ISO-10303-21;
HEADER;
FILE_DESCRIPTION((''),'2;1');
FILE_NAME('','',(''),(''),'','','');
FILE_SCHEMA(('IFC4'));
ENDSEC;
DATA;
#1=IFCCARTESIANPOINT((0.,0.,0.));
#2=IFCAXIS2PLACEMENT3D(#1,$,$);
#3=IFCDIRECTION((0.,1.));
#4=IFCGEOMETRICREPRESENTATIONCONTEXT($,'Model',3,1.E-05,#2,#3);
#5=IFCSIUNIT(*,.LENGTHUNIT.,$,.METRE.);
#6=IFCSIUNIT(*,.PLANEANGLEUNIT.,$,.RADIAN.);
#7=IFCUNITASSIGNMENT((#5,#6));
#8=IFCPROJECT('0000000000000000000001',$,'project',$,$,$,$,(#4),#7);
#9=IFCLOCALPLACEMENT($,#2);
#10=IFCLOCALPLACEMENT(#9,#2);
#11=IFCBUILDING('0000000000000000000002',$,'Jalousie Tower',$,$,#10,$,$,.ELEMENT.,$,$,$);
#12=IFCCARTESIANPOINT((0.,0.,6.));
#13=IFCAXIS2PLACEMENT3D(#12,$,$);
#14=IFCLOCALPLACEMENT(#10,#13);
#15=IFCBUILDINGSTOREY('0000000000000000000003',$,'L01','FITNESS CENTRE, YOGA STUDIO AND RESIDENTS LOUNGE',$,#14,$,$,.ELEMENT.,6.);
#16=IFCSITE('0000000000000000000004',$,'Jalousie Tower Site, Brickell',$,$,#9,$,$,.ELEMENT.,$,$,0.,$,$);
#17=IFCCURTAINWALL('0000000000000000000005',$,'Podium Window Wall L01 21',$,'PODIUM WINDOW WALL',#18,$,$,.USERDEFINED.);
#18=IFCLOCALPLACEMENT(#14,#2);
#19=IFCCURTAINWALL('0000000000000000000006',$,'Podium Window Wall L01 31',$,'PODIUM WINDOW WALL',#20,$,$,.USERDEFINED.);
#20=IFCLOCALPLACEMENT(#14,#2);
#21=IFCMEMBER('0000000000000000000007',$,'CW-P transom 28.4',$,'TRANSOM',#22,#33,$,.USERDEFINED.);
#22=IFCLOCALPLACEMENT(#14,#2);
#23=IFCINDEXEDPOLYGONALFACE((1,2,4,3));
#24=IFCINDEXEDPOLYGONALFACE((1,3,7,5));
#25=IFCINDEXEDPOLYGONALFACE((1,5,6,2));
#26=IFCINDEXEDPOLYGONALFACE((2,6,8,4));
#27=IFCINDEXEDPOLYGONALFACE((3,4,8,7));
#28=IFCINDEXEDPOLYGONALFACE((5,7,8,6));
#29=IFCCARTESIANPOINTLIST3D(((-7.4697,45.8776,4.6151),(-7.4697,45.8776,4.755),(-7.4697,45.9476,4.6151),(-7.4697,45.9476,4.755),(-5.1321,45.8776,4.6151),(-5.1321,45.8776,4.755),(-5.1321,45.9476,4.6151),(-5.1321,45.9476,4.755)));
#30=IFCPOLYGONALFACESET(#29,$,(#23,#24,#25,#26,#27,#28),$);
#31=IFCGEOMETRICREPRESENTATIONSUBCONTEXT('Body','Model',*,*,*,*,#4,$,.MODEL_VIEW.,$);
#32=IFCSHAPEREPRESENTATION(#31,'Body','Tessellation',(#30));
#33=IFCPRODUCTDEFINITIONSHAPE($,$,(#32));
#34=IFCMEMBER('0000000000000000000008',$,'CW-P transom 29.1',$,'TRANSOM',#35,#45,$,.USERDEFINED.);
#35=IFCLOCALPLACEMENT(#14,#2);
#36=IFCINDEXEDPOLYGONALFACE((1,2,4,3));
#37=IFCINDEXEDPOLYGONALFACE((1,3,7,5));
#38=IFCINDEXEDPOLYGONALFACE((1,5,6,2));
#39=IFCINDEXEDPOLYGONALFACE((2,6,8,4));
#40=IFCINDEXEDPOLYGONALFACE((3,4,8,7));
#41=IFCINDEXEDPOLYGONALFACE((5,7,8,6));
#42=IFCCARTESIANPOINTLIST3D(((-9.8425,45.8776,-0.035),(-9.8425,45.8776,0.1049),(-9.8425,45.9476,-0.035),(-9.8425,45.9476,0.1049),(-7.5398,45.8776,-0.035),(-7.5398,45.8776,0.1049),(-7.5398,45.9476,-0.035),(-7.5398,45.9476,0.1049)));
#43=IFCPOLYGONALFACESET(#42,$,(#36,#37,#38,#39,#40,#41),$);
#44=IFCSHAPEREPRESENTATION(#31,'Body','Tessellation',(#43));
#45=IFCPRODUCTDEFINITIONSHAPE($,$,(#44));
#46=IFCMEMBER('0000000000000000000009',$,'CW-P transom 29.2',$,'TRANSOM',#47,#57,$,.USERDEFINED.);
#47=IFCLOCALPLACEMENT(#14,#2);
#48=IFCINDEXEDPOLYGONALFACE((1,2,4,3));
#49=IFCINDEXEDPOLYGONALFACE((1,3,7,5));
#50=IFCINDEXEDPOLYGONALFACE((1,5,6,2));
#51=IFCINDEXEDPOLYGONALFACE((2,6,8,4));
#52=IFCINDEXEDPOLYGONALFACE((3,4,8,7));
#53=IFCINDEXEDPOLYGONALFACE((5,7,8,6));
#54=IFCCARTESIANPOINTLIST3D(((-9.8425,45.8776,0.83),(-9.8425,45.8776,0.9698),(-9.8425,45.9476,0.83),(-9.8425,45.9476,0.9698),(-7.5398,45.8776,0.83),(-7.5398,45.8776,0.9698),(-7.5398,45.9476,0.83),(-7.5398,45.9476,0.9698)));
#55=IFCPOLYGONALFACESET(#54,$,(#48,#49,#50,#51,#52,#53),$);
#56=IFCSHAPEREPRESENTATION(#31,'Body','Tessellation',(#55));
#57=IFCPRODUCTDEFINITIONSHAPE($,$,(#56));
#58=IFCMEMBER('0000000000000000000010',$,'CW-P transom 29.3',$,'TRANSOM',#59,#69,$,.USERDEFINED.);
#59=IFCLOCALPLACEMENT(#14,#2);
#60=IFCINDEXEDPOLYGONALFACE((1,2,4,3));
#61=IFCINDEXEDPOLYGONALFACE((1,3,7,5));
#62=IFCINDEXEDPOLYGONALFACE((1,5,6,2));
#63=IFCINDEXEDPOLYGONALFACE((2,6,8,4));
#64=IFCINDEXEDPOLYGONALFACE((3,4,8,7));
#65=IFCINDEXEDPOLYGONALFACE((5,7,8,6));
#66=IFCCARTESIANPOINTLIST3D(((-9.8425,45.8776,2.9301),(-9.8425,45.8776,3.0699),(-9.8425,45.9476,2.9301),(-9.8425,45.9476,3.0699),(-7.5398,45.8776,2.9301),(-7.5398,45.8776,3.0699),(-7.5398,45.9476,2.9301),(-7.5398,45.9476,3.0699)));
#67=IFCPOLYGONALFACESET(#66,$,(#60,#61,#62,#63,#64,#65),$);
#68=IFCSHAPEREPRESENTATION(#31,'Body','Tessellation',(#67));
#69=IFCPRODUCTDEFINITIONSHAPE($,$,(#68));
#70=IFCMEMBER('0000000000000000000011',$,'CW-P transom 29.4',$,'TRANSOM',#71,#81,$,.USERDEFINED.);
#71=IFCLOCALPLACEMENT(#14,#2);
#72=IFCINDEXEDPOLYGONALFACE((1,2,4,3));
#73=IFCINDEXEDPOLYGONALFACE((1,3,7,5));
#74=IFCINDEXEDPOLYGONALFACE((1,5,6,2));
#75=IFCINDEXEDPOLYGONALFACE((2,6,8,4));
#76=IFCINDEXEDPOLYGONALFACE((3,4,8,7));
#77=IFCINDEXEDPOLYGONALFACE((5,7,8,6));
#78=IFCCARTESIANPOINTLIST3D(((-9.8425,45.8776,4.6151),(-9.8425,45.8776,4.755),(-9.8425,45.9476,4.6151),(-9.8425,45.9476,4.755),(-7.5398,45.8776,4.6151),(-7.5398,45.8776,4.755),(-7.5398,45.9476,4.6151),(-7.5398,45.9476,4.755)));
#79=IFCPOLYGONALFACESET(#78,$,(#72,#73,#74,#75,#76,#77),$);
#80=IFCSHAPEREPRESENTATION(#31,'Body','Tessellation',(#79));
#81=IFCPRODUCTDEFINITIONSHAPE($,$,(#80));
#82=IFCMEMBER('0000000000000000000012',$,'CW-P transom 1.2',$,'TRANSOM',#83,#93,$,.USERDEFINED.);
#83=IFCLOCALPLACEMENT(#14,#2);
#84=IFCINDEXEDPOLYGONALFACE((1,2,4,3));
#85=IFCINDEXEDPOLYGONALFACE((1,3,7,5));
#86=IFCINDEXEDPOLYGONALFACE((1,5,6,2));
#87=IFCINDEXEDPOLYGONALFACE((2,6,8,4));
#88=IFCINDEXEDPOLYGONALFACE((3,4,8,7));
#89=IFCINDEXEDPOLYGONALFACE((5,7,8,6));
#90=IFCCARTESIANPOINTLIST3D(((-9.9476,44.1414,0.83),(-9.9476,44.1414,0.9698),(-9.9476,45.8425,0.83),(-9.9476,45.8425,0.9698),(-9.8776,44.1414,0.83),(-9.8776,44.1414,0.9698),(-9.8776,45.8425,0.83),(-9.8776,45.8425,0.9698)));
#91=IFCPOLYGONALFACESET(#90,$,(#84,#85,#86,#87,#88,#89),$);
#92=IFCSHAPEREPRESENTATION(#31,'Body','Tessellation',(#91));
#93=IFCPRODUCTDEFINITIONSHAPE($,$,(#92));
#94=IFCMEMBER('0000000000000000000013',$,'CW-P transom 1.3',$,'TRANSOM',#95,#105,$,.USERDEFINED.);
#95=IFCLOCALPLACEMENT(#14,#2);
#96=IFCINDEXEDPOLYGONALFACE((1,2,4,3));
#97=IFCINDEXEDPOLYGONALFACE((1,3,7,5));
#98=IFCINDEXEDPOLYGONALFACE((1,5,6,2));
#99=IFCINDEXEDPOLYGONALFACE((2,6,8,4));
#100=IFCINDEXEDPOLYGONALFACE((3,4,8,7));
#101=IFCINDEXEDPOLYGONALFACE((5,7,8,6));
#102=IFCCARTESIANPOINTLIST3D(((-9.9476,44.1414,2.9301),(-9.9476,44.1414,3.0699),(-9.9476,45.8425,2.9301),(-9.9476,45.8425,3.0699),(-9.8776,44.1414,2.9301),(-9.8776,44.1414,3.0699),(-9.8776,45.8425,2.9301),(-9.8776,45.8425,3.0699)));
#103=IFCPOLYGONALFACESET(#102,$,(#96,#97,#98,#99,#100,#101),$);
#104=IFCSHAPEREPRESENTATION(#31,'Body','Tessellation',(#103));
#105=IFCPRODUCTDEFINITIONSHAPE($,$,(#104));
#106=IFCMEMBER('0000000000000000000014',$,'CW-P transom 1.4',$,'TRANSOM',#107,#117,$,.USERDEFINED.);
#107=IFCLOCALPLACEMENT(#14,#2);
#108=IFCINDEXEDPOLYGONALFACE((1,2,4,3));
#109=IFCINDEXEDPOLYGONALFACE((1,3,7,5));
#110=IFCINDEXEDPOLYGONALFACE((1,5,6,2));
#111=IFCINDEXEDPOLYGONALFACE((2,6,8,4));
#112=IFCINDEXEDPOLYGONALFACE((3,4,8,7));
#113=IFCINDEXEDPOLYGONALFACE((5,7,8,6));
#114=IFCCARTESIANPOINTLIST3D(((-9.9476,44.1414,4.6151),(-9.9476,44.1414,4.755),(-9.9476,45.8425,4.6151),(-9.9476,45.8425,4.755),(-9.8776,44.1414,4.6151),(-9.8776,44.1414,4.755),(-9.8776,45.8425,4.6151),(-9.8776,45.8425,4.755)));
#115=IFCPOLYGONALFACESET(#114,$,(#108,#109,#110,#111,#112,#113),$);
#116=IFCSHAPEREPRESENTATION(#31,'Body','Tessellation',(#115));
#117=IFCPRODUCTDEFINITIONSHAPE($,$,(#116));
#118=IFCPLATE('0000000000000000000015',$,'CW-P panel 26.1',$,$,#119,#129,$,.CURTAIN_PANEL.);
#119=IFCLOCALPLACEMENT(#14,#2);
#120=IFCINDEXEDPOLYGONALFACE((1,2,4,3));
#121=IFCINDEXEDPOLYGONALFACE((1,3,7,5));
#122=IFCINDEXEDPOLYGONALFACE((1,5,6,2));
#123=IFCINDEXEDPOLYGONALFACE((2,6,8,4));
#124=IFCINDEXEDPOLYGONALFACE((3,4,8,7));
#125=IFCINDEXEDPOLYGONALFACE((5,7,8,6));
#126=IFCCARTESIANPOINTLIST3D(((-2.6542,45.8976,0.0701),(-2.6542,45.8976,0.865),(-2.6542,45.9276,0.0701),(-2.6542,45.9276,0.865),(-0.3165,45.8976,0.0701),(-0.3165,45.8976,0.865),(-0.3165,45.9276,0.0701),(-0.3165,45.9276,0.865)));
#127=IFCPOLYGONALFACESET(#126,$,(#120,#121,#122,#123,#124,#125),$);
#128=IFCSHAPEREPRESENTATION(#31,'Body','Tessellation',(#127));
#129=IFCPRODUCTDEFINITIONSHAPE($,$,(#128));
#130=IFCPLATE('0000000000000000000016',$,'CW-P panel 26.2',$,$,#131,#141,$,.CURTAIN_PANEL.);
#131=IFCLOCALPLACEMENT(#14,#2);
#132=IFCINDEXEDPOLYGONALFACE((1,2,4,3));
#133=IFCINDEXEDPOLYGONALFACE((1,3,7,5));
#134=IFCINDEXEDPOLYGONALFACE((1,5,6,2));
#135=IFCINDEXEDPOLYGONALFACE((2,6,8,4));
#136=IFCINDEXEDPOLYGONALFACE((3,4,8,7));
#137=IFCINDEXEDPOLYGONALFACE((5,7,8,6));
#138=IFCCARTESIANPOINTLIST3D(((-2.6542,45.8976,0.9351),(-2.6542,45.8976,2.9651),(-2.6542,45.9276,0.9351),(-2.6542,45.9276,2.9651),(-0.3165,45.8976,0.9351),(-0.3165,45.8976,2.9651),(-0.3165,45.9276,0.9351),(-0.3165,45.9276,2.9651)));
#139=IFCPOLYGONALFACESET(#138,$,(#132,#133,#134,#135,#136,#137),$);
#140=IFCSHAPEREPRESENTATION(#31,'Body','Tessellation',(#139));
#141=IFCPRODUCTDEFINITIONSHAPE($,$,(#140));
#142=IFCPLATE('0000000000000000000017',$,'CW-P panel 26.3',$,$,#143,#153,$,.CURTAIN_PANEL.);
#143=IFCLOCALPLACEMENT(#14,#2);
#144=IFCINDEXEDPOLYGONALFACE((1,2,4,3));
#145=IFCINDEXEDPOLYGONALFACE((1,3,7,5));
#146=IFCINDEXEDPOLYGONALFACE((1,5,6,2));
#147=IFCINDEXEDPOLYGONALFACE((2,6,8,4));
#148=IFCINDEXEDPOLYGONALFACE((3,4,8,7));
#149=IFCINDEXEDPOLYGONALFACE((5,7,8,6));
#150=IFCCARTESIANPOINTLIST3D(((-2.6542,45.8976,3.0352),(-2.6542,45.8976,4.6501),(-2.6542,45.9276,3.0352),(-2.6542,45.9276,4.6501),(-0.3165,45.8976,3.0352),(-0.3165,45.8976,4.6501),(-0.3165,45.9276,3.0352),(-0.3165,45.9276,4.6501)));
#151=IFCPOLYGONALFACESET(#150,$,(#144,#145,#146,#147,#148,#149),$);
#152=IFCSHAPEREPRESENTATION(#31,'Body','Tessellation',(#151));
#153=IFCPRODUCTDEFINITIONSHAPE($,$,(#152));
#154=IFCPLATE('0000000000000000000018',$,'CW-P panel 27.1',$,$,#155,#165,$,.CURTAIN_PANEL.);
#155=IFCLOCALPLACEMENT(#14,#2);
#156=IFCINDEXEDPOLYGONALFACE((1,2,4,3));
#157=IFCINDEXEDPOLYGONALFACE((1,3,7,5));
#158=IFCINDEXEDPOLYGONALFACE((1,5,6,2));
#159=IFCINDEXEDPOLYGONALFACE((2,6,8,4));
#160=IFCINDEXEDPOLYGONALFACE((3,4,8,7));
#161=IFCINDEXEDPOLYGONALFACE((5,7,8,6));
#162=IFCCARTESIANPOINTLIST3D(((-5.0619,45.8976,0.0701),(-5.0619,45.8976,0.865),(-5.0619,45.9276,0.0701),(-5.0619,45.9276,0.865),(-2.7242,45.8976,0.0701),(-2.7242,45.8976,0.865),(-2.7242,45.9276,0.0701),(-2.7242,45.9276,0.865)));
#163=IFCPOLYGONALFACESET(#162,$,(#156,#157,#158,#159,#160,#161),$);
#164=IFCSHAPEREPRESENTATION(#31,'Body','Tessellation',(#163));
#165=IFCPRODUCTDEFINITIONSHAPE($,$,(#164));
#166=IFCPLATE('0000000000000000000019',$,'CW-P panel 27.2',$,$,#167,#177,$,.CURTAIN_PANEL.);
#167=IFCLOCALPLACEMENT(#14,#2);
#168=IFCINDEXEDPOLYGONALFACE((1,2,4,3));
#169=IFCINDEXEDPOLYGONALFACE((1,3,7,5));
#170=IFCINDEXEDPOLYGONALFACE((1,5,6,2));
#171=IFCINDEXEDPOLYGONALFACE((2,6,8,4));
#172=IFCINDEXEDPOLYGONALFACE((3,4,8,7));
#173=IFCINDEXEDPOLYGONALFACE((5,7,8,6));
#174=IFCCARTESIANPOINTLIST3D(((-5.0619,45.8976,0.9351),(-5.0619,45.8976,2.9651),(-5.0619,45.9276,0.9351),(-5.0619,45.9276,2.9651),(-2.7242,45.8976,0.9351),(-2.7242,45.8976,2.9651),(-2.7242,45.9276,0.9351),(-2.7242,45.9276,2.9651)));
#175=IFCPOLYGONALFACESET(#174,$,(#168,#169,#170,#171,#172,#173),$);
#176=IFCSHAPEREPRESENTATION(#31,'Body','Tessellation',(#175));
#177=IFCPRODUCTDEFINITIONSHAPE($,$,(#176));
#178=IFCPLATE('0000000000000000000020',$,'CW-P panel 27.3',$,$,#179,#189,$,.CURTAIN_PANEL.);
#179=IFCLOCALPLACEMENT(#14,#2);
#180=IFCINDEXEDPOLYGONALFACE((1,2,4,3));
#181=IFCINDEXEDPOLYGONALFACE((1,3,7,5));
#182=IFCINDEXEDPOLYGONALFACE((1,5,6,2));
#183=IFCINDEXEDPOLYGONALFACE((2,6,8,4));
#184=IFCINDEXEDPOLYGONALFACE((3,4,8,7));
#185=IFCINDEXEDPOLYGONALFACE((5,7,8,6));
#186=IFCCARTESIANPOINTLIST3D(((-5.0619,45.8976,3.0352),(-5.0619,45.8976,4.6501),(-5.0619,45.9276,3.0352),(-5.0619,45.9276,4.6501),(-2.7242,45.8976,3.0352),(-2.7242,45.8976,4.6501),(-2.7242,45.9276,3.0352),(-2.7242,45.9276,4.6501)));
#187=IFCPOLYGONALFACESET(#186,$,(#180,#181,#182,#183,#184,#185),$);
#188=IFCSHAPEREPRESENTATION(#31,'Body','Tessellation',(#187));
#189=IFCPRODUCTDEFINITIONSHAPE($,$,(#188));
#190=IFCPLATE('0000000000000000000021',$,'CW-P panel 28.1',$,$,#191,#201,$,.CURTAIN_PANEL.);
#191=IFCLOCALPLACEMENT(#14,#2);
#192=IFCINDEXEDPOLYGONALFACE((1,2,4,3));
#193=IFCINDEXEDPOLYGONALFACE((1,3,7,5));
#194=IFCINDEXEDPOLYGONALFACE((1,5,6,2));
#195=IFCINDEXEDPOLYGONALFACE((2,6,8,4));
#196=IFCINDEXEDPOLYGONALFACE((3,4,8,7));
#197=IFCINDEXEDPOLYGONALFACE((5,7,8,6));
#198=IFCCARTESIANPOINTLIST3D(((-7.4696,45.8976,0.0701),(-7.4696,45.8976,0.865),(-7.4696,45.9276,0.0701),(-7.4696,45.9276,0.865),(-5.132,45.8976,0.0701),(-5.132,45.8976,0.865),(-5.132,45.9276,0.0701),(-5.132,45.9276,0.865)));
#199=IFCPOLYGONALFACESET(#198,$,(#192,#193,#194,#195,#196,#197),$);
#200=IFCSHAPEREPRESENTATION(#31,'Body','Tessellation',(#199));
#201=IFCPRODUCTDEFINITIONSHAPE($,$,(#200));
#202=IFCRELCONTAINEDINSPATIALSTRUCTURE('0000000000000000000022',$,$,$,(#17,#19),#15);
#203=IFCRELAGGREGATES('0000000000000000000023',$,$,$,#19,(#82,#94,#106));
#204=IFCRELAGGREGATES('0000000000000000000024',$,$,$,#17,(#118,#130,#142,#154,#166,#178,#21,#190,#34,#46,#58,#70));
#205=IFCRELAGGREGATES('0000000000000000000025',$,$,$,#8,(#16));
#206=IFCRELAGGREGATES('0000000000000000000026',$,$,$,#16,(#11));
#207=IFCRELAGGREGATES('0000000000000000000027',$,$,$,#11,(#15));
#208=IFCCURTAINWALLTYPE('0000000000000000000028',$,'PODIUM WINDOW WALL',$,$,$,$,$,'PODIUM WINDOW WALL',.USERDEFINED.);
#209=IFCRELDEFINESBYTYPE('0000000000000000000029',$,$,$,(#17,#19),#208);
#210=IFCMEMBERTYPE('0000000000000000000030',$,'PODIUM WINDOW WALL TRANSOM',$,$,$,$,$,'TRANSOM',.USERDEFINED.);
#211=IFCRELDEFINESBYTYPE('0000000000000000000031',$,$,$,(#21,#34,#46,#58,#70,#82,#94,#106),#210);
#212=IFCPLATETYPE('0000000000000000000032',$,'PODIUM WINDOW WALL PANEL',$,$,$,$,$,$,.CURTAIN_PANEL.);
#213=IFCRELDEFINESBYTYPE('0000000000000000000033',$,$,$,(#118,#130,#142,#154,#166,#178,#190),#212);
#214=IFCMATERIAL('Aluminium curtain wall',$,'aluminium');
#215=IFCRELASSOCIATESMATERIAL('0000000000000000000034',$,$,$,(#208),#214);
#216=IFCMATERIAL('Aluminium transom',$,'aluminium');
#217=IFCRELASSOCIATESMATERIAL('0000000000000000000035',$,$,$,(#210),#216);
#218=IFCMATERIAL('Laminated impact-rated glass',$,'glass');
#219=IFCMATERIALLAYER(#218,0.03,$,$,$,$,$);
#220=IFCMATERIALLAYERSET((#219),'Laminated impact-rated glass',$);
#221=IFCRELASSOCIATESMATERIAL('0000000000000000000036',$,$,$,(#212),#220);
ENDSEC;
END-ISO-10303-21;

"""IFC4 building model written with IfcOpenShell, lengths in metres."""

from ifc_helpers import new_model, si_unit, direction, frame, origin, origin_2d, place, context, subcontext, project, spatial, rectangle, extrude, material, layer, layer_set, material_profile, profile_set, type_object, element, aggregate, save


model = new_model("IFC4")

# Units and contexts
model_context = context("Model", 3, precision=1e-05, world=origin(), true_north=direction((0.0, 1.0)))
body_context = subcontext(model_context, "Body", "Model", "MODEL_VIEW")
ifc_project = project(units=[si_unit("LENGTHUNIT", "METRE"), si_unit("PLANEANGLEUNIT", "RADIAN")], contexts=[model_context])

# Site, building, storey
site_placement = place(None, origin())
site = spatial("IfcSite", under=ifc_project, at=site_placement, Name="Jalousie Tower Site, Brickell", CompositionType="ELEMENT", RefElevation=0.0)
building_placement = place(site_placement, origin())
building = spatial("IfcBuilding", under=site, at=building_placement, Name="Jalousie Tower", CompositionType="ELEMENT")
storey_placement = place(building_placement, frame((0.0, 0.0, 6.0)))
storey = spatial("IfcBuildingStorey", under=building, at=storey_placement, Name="L01", Description="FITNESS CENTRE, YOGA STUDIO AND RESIDENTS LOUNGE", CompositionType="ELEMENT", Elevation=6.0)

# Curtain wall
ifc_material_1 = material(Name="Aluminium curtain wall", Category="aluminium")
curtain_wall_type = type_object("IfcCurtainWallType", Name="PODIUM WINDOW WALL", ElementType="PODIUM WINDOW WALL", PredefinedType="USERDEFINED", material=ifc_material_1)
curtain_wall_1_placement = place(storey_placement, origin())
curtain_wall_1 = element("IfcCurtainWall", 1, at=curtain_wall_1_placement, inside=storey, type_object=curtain_wall_type, Name="Podium Window Wall L01 21", ObjectType="PODIUM WINDOW WALL", PredefinedType="USERDEFINED")

# Curtain wall
curtain_wall_2_placement = place(storey_placement, origin())
curtain_wall_2 = element("IfcCurtainWall", 2, at=curtain_wall_2_placement, inside=storey, type_object=curtain_wall_type, Name="Podium Window Wall L01 31", ObjectType="PODIUM WINDOW WALL", PredefinedType="USERDEFINED")

# Members
ifc_material_2 = material(Name="Aluminium transom", Category="aluminium")
ifc_material_profile_1 = material_profile(ifc_material_2, rectangle(XDim=0.0701, YDim=0.1399, at=origin_2d()), Name="TRANSOM 70x140")
ifc_profile_set_1 = profile_set([ifc_material_profile_1], Name="Aluminium transom")
member_type_1 = type_object("IfcMemberType", Name="PODIUM WINDOW WALL TRANSOM", ElementType="TRANSOM", PredefinedType="USERDEFINED", material=ifc_profile_set_1)
member_1_placement = place(storey_placement, frame((-5.1321, 45.9126, 4.6851), z_axis=(-1.0, 0.0, 0.0), x_axis=(0.0, -1.0, 0.0)))
member_1 = element("IfcMember", 3, at=member_1_placement, type_object=member_type_1, Name="CW-P transom 28.4", ObjectType="TRANSOM", PredefinedType="USERDEFINED", context=body_context, shape_type="SweptSolid", body=[
    extrude(rectangle(XDim=0.0701, YDim=0.1399, at=origin_2d()), origin(), (0.0, 0.0, 1.0), 2.3376),
])
member_2_placement = place(storey_placement, frame((-7.5398, 45.9126, 0.0349), z_axis=(-1.0, 0.0, 0.0), x_axis=(0.0, -1.0, 0.0)))
member_2 = element("IfcMember", 4, at=member_2_placement, type_object=member_type_1, Name="CW-P transom 29.1", ObjectType="TRANSOM", PredefinedType="USERDEFINED", context=body_context, shape_type="SweptSolid", body=[
    extrude(rectangle(XDim=0.0701, YDim=0.1399, at=origin_2d()), origin(), (0.0, 0.0, 1.0), 2.3027),
])
member_3_placement = place(storey_placement, frame((-7.5398, 45.9126, 0.8999), z_axis=(-1.0, 0.0, 0.0), x_axis=(0.0, -1.0, 0.0)))
member_3 = element("IfcMember", 5, at=member_3_placement, type_object=member_type_1, Name="CW-P transom 29.2", ObjectType="TRANSOM", PredefinedType="USERDEFINED", context=body_context, shape_type="SweptSolid", body=[
    extrude(rectangle(XDim=0.0701, YDim=0.1399, at=origin_2d()), origin(), (0.0, 0.0, 1.0), 2.3027),
])
member_4_placement = place(storey_placement, frame((-7.5398, 45.9126, 3.0), z_axis=(-1.0, 0.0, 0.0), x_axis=(0.0, -1.0, 0.0)))
member_4 = element("IfcMember", 6, at=member_4_placement, type_object=member_type_1, Name="CW-P transom 29.3", ObjectType="TRANSOM", PredefinedType="USERDEFINED", context=body_context, shape_type="SweptSolid", body=[
    extrude(rectangle(XDim=0.0701, YDim=0.1399, at=origin_2d()), origin(), (0.0, 0.0, 1.0), 2.3027),
])
member_5_placement = place(storey_placement, frame((-7.5398, 45.9126, 4.6851), z_axis=(-1.0, 0.0, 0.0), x_axis=(0.0, -1.0, 0.0)))
member_5 = element("IfcMember", 7, at=member_5_placement, type_object=member_type_1, Name="CW-P transom 29.4", ObjectType="TRANSOM", PredefinedType="USERDEFINED", context=body_context, shape_type="SweptSolid", body=[
    extrude(rectangle(XDim=0.0701, YDim=0.1399, at=origin_2d()), origin(), (0.0, 0.0, 1.0), 2.3027),
])
member_6_placement = place(storey_placement, frame((-9.9126, 45.8425, 0.8999), z_axis=(0.0, -1.0, 0.0), x_axis=(1.0, 0.0, 0.0)))
member_6 = element("IfcMember", 8, at=member_6_placement, type_object=member_type_1, Name="CW-P transom 1.2", ObjectType="TRANSOM", PredefinedType="USERDEFINED", context=body_context, shape_type="SweptSolid", body=[
    extrude(rectangle(XDim=0.0701, YDim=0.1399, at=origin_2d()), origin(), (0.0, 0.0, 1.0), 1.7012),
])
member_7_placement = place(storey_placement, frame((-9.9126, 45.8425, 3.0), z_axis=(0.0, -1.0, 0.0), x_axis=(1.0, 0.0, 0.0)))
member_7 = element("IfcMember", 9, at=member_7_placement, type_object=member_type_1, Name="CW-P transom 1.3", ObjectType="TRANSOM", PredefinedType="USERDEFINED", context=body_context, shape_type="SweptSolid", body=[
    extrude(rectangle(XDim=0.0701, YDim=0.1399, at=origin_2d()), origin(), (0.0, 0.0, 1.0), 1.7012),
])
member_8_placement = place(storey_placement, frame((-9.9126, 45.8425, 4.6851), z_axis=(0.0, -1.0, 0.0), x_axis=(1.0, 0.0, 0.0)))
member_8 = element("IfcMember", 10, at=member_8_placement, type_object=member_type_1, Name="CW-P transom 1.4", ObjectType="TRANSOM", PredefinedType="USERDEFINED", context=body_context, shape_type="SweptSolid", body=[
    extrude(rectangle(XDim=0.0701, YDim=0.1399, at=origin_2d()), origin(), (0.0, 0.0, 1.0), 1.7012),
])
aggregate(curtain_wall_2, [member_6, member_7, member_8])

# Plates
ifc_material_3 = material(Name="Laminated impact-rated glass", Category="glass")
ifc_layer = layer(ifc_material_3, 0.03)
ifc_layer_set = layer_set([ifc_layer], Name="Laminated impact-rated glass")
plate_type = type_object("IfcPlateType", Name="PODIUM WINDOW WALL PANEL", PredefinedType="CURTAIN_PANEL", material=ifc_layer_set)
plate_1_placement = place(storey_placement, frame((-1.4854, 45.9126, 0.0701), z_axis=(0.0, 0.0, 1.0), x_axis=(-1.0, 0.0, 0.0)))
plate_1 = element("IfcPlate", 11, at=plate_1_placement, type_object=plate_type, Name="CW-P panel 26.1", PredefinedType="CURTAIN_PANEL", context=body_context, shape_type="SweptSolid", body=[
    extrude(rectangle(XDim=2.3376, YDim=0.03, at=origin_2d()), origin(), (0.0, 0.0, 1.0), 0.7949),
])
plate_2_placement = place(storey_placement, frame((-1.4854, 45.9126, 0.9351), z_axis=(0.0, 0.0, 1.0), x_axis=(-1.0, 0.0, 0.0)))
plate_2 = element("IfcPlate", 12, at=plate_2_placement, type_object=plate_type, Name="CW-P panel 26.2", PredefinedType="CURTAIN_PANEL", context=body_context, shape_type="SweptSolid", body=[
    extrude(rectangle(XDim=2.3376, YDim=0.03, at=origin_2d()), origin(), (0.0, 0.0, 1.0), 2.03),
])
plate_3_placement = place(storey_placement, frame((-1.4854, 45.9126, 3.0352), z_axis=(0.0, 0.0, 1.0), x_axis=(-1.0, 0.0, 0.0)))
plate_3 = element("IfcPlate", 13, at=plate_3_placement, type_object=plate_type, Name="CW-P panel 26.3", PredefinedType="CURTAIN_PANEL", context=body_context, shape_type="SweptSolid", body=[
    extrude(rectangle(XDim=2.3376, YDim=0.03, at=origin_2d()), origin(), (0.0, 0.0, 1.0), 1.615),
])
plate_4_placement = place(storey_placement, frame((-3.8931, 45.9126, 0.0701), z_axis=(0.0, 0.0, 1.0), x_axis=(-1.0, 0.0, 0.0)))
plate_4 = element("IfcPlate", 14, at=plate_4_placement, type_object=plate_type, Name="CW-P panel 27.1", PredefinedType="CURTAIN_PANEL", context=body_context, shape_type="SweptSolid", body=[
    extrude(rectangle(XDim=2.3376, YDim=0.03, at=origin_2d()), origin(), (0.0, 0.0, 1.0), 0.7949),
])
plate_5_placement = place(storey_placement, frame((-3.8931, 45.9126, 0.9351), z_axis=(0.0, 0.0, 1.0), x_axis=(-1.0, 0.0, 0.0)))
plate_5 = element("IfcPlate", 15, at=plate_5_placement, type_object=plate_type, Name="CW-P panel 27.2", PredefinedType="CURTAIN_PANEL", context=body_context, shape_type="SweptSolid", body=[
    extrude(rectangle(XDim=2.3376, YDim=0.03, at=origin_2d()), origin(), (0.0, 0.0, 1.0), 2.03),
])
plate_6_placement = place(storey_placement, frame((-3.8931, 45.9126, 3.0352), z_axis=(0.0, 0.0, 1.0), x_axis=(-1.0, 0.0, 0.0)))
plate_6 = element("IfcPlate", 16, at=plate_6_placement, type_object=plate_type, Name="CW-P panel 27.3", PredefinedType="CURTAIN_PANEL", context=body_context, shape_type="SweptSolid", body=[
    extrude(rectangle(XDim=2.3376, YDim=0.03, at=origin_2d()), origin(), (0.0, 0.0, 1.0), 1.615),
])
plate_7_placement = place(storey_placement, frame((-6.3008, 45.9126, 0.0701), z_axis=(0.0, 0.0, 1.0), x_axis=(-1.0, 0.0, 0.0)))
plate_7 = element("IfcPlate", 17, at=plate_7_placement, type_object=plate_type, Name="CW-P panel 28.1", PredefinedType="CURTAIN_PANEL", context=body_context, shape_type="SweptSolid", body=[
    extrude(rectangle(XDim=2.3376, YDim=0.03, at=origin_2d()), origin(), (0.0, 0.0, 1.0), 0.7949),
])
aggregate(curtain_wall_1, [plate_1, plate_2, plate_3, plate_4, plate_5, plate_6, member_1, plate_7, member_2, member_3, member_4, member_5])

save(model, "model.ifc")
